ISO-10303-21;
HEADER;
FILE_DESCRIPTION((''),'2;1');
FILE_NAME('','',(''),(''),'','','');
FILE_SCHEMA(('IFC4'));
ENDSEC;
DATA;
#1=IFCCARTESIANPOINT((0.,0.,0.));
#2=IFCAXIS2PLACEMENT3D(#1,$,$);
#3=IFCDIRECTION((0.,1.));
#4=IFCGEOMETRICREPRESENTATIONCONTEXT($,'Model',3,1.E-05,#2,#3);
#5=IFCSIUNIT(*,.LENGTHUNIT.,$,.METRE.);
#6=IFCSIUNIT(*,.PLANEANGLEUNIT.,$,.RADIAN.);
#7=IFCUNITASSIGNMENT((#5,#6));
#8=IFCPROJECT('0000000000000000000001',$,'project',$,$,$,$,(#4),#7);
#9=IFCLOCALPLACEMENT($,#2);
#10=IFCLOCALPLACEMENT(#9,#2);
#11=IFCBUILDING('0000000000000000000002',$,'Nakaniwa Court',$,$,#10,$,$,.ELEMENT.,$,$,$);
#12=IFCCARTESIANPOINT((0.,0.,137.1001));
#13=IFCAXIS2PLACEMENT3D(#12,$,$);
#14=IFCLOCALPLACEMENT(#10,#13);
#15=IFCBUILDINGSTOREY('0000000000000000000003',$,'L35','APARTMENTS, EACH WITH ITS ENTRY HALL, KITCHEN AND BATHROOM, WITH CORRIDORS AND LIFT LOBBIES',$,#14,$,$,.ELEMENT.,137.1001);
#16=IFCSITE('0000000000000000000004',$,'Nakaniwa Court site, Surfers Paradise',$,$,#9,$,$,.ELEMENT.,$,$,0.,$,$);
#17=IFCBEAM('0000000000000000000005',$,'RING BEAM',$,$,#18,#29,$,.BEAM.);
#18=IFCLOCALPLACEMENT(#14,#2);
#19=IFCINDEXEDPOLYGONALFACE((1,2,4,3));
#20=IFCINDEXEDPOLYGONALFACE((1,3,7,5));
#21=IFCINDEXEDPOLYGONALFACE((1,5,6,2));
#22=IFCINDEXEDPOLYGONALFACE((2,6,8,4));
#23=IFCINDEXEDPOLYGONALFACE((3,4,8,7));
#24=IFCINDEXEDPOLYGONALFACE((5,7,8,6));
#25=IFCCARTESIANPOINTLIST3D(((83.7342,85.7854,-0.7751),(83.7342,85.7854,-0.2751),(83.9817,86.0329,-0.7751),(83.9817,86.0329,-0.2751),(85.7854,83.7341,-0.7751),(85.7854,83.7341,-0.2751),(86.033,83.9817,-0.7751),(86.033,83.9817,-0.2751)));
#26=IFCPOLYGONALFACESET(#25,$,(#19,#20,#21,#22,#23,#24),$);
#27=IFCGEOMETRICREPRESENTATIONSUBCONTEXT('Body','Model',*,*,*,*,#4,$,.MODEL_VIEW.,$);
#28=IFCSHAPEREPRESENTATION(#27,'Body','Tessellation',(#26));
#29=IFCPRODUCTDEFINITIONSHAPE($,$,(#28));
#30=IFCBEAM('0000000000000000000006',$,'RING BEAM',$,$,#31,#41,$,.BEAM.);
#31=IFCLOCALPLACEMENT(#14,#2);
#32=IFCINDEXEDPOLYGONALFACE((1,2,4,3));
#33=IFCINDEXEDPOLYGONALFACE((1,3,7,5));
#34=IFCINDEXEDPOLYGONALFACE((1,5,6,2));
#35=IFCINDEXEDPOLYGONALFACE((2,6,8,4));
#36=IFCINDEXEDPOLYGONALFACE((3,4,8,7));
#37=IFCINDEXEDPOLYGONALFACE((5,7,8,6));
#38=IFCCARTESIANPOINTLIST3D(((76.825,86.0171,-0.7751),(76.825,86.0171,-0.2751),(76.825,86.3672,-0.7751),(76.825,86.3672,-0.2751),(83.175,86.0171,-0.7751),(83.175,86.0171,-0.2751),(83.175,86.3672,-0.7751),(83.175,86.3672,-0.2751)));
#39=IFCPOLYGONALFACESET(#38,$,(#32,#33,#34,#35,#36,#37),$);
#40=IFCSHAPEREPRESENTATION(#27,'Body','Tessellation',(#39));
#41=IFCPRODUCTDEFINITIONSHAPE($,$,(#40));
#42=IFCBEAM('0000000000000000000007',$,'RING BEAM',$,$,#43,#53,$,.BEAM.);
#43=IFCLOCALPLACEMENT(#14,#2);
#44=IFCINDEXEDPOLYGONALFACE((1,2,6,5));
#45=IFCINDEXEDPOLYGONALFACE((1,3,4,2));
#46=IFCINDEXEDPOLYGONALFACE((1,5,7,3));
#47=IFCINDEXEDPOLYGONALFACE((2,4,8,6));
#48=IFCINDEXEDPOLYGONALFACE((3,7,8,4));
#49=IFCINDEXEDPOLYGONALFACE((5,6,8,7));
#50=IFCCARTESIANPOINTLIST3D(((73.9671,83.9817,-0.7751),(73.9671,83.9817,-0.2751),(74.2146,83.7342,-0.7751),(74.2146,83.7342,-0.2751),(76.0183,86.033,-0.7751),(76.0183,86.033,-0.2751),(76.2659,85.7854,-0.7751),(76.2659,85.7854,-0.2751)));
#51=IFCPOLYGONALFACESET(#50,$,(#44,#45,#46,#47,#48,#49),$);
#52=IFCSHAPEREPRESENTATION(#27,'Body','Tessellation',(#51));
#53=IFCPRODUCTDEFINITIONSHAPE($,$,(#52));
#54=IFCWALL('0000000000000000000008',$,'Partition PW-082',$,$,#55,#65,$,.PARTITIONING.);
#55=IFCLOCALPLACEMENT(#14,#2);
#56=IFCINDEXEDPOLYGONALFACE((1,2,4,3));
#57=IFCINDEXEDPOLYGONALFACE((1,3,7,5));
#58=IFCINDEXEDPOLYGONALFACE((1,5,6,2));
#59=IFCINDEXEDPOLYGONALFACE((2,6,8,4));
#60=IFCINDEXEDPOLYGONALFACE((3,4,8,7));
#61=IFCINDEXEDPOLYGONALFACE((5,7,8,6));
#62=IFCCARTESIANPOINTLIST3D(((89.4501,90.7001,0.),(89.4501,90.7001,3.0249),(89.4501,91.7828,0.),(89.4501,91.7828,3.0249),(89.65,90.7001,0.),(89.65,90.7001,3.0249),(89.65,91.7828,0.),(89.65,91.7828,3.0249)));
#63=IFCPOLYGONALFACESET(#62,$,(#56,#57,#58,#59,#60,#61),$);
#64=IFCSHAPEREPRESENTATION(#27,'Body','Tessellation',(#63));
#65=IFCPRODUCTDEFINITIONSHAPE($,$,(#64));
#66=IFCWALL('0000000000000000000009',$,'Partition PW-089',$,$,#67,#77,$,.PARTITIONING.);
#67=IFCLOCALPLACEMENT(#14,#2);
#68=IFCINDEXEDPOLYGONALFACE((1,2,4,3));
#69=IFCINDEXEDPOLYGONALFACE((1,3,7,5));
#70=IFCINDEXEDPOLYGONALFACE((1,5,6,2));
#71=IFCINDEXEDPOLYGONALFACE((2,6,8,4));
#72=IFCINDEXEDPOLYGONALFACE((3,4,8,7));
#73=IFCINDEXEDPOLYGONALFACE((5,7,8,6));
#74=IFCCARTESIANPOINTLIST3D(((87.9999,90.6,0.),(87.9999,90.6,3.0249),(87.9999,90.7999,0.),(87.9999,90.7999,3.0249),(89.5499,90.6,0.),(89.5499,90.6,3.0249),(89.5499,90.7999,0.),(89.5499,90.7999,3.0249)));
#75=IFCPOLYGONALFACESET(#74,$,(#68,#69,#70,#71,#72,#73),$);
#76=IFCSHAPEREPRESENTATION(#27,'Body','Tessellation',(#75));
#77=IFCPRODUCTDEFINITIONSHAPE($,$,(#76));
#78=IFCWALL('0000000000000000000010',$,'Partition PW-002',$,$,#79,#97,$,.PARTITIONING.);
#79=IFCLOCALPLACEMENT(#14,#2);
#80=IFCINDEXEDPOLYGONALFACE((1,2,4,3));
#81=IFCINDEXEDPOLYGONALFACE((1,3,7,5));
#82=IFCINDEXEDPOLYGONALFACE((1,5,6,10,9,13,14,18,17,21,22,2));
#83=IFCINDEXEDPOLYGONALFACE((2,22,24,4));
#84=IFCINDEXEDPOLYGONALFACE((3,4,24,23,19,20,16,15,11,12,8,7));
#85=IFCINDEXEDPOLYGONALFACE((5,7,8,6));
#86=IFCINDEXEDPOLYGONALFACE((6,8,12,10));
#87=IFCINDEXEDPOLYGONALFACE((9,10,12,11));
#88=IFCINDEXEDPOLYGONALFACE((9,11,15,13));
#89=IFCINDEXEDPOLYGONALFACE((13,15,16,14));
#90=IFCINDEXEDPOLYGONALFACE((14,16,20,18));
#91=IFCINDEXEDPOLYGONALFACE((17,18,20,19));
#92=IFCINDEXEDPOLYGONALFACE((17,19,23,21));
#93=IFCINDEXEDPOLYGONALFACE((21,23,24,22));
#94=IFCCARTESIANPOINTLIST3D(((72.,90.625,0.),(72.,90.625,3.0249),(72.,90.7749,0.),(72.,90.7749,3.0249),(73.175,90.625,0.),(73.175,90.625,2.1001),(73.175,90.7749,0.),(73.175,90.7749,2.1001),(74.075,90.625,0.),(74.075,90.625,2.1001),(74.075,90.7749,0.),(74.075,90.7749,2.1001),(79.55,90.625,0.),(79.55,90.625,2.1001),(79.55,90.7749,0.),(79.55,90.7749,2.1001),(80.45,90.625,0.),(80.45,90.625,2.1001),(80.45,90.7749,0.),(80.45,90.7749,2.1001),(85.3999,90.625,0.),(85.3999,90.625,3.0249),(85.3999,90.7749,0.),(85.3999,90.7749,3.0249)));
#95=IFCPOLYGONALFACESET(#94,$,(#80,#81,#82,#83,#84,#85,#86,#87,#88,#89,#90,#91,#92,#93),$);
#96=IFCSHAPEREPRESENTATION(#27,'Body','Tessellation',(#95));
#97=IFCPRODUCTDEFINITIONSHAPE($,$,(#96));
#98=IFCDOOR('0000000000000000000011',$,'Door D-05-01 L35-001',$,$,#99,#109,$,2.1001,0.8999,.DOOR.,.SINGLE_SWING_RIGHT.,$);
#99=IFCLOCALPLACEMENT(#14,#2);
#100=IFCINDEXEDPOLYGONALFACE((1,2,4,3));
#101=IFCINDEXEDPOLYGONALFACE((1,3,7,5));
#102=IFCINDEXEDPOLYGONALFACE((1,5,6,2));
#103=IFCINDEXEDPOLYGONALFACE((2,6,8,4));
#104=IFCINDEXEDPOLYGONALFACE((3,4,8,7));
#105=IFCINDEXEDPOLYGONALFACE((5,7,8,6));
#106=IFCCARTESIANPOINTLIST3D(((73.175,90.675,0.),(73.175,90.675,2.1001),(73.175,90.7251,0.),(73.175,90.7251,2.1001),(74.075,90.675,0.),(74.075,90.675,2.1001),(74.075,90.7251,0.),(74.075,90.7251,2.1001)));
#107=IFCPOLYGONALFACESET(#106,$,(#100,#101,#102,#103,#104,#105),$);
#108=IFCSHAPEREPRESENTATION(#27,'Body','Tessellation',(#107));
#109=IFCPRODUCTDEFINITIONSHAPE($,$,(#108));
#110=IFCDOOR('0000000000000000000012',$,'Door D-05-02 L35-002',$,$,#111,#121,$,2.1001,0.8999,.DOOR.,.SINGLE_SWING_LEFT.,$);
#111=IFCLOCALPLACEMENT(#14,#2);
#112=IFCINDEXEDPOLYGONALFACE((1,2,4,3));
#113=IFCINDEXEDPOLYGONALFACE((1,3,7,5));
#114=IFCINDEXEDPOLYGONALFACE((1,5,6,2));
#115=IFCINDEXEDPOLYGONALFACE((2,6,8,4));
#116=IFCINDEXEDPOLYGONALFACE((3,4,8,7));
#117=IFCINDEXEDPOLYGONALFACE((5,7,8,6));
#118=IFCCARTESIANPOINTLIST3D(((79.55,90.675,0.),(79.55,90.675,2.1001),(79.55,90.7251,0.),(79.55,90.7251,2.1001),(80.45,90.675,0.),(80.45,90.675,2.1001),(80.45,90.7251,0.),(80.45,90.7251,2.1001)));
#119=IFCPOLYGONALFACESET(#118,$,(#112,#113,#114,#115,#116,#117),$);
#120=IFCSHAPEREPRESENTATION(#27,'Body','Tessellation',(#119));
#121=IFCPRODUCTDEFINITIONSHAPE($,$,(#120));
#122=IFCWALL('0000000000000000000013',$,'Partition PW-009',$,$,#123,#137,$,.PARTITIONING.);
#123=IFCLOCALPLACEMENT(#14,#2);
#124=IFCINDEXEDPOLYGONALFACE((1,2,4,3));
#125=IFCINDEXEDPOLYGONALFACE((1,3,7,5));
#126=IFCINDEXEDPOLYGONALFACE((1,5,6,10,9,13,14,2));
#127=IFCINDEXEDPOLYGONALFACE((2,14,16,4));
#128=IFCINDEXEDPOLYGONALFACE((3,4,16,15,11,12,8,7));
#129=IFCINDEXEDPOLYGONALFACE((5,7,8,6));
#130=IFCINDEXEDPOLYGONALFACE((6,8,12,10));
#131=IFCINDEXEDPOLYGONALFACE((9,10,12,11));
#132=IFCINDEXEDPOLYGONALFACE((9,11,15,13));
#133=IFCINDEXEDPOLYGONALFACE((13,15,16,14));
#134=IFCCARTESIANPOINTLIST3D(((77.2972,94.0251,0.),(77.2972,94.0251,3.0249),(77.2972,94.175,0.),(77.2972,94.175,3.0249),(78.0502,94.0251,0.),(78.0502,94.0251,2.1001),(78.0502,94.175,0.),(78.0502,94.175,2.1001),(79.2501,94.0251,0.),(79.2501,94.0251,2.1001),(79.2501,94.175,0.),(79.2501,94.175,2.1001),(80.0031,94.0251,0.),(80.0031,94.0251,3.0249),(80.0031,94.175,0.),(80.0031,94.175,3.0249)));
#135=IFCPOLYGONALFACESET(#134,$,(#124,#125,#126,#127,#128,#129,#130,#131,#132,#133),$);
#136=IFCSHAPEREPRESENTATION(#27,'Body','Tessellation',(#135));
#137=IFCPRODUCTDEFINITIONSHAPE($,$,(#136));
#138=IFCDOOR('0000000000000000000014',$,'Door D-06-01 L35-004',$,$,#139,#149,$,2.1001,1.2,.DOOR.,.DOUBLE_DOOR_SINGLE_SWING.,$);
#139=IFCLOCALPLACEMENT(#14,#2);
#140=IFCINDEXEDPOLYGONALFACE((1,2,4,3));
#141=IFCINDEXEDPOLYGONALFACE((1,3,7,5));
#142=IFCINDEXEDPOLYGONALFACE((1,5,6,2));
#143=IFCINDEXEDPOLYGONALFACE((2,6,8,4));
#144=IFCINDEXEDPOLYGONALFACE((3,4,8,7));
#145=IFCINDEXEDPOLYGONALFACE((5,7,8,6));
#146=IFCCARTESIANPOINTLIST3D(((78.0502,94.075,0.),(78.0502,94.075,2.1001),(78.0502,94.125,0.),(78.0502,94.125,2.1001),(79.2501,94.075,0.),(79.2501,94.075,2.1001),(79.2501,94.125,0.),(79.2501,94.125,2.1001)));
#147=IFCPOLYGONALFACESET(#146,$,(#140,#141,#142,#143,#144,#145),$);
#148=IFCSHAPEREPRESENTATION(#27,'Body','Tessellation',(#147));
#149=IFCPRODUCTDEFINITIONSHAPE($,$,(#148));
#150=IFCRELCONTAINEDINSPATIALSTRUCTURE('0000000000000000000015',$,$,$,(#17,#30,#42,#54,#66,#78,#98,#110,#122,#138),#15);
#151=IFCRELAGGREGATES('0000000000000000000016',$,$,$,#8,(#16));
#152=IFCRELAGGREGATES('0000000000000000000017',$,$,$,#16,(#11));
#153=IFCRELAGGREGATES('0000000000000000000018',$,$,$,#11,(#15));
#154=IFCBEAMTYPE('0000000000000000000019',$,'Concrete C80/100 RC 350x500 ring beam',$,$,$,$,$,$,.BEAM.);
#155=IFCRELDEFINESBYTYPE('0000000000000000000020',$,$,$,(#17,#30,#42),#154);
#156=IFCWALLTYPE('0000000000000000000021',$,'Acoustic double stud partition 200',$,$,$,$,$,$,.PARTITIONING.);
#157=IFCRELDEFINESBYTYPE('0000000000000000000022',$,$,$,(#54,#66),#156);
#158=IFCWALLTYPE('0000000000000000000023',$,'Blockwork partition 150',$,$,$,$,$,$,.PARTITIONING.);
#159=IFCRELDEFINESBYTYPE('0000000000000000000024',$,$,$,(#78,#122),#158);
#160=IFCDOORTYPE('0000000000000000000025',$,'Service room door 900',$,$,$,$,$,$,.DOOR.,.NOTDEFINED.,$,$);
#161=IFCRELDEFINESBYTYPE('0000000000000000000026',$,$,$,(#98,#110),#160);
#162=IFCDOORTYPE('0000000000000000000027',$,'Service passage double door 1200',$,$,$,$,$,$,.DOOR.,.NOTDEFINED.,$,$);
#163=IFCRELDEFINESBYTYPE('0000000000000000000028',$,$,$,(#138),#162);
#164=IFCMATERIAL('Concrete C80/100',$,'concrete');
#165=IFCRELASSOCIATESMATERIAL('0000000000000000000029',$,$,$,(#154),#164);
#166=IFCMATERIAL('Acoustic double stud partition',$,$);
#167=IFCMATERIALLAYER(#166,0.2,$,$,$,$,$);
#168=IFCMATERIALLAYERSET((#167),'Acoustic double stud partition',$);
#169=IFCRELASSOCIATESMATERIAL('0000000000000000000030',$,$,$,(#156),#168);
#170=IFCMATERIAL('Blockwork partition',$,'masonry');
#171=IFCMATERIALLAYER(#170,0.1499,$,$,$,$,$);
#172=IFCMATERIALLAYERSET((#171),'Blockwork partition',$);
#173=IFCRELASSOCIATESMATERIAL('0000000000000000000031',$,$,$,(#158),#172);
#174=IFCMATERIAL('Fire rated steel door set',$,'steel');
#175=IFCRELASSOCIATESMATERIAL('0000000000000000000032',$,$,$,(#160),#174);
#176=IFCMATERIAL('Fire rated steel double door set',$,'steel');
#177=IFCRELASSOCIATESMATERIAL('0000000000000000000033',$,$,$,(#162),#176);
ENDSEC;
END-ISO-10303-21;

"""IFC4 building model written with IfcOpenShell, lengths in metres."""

from ifc_helpers import new_model, si_unit, direction, frame, frame_2d, origin, origin_2d, place, context, subcontext, project, spatial, rectangle, extrude, material, layer, layer_set, material_profile, profile_set, type_object, element, fill, save


model = new_model("IFC4")

# Units and contexts
model_context = context("Model", 3, precision=1e-05, world=origin(), true_north=direction((0.0, 1.0)))
body_context = subcontext(model_context, "Body", "Model", "MODEL_VIEW")
ifc_project = project(units=[si_unit("LENGTHUNIT", "METRE"), si_unit("PLANEANGLEUNIT", "RADIAN")], contexts=[model_context])

# Site, building, storey
site_placement = place(None, origin())
site = spatial("IfcSite", under=ifc_project, at=site_placement, Name="Nakaniwa Court site, Surfers Paradise", CompositionType="ELEMENT", RefElevation=0.0)
building_placement = place(site_placement, origin())
building = spatial("IfcBuilding", under=site, at=building_placement, Name="Nakaniwa Court", CompositionType="ELEMENT")
storey_placement = place(building_placement, frame((0.0, 0.0, 137.1001)))
storey = spatial("IfcBuildingStorey", under=building, at=storey_placement, Name="L35", Description="APARTMENTS, EACH WITH ITS ENTRY HALL, KITCHEN AND BATHROOM, WITH CORRIDORS AND LIFT LOBBIES", CompositionType="ELEMENT", Elevation=137.1001)

# Shared definitions
ifc_material_1 = material(Name="Concrete C80/100", Category="concrete")

# Beams
ifc_material_profile_1 = material_profile(ifc_material_1, rectangle(XDim=0.3501, YDim=0.5, at=origin_2d()), Name="Concrete C80/100 RC 350x500 ring beam")
ifc_profile_set_1 = profile_set([ifc_material_profile_1], Name="Concrete C80/100")
beam_type = type_object("IfcBeamType", Name="Concrete C80/100 RC 350x500 ring beam", PredefinedType="BEAM", material=ifc_profile_set_1)
beam_1_placement = place(storey_placement, frame((85.9092, 83.8579, -0.5251), z_axis=(-0.707107, 0.707107, 0.0), x_axis=(-0.707107, -0.707107, 0.0)))
element("IfcBeam", 1, at=beam_1_placement, inside=storey, type_object=beam_type, Name="RING BEAM", PredefinedType="BEAM", context=body_context, shape_type="SweptSolid", body=[
    extrude(rectangle(XDim=0.3501, YDim=0.5, at=origin_2d()), origin(), (0.0, 0.0, 1.0), 2.9009),
])
beam_2_placement = place(storey_placement, frame((83.175, 86.1921, -0.5251), z_axis=(-1.0, 0.0, 0.0), x_axis=(0.0, -1.0, 0.0)))
element("IfcBeam", 2, at=beam_2_placement, inside=storey, type_object=beam_type, Name="RING BEAM", PredefinedType="BEAM", context=body_context, shape_type="SweptSolid", body=[
    extrude(rectangle(XDim=0.3501, YDim=0.5, at=origin_2d()), origin(), (0.0, 0.0, 1.0), 6.3501),
])
beam_3_placement = place(storey_placement, frame((76.1421, 85.9092, -0.5251), z_axis=(-0.707107, -0.707107, 0.0), x_axis=(0.707107, -0.707107, 0.0)))
element("IfcBeam", 3, at=beam_3_placement, inside=storey, type_object=beam_type, Name="RING BEAM", PredefinedType="BEAM", context=body_context, shape_type="SweptSolid", body=[
    extrude(rectangle(XDim=0.3501, YDim=0.5, at=origin_2d()), origin(), (0.0, 0.0, 1.0), 2.9009),
])

# Walls
ifc_material_2 = material(Name="Acoustic double stud partition")
ifc_layer_1 = layer(ifc_material_2, 0.2)
ifc_layer_set_1 = layer_set([ifc_layer_1], Name="Acoustic double stud partition")
wall_type_1 = type_object("IfcWallType", Name="Acoustic double stud partition 200", PredefinedType="PARTITIONING", material=ifc_layer_set_1)
wall_1_placement = place(storey_placement, frame((89.55, 90.7, 0.0), z_axis=(0.0, 0.0, 1.0), x_axis=(0.0, 1.0, 0.0)))
element("IfcWall", 4, at=wall_1_placement, inside=storey, type_object=wall_type_1, Name="Partition PW-082", PredefinedType="PARTITIONING", context=body_context, shape_type="SweptSolid", body=[
    extrude(rectangle(XDim=1.0828, YDim=0.2, at=frame_2d((0.5415, 0.0))), origin(), (0.0, 0.0, 1.0), 3.0249),
])
wall_2_placement = place(storey_placement, frame((88.0, 90.7, 0.0), z_axis=(0.0, 0.0, 1.0), x_axis=(1.0, 0.0, 0.0)))
element("IfcWall", 5, at=wall_2_placement, inside=storey, type_object=wall_type_1, Name="Partition PW-089", PredefinedType="PARTITIONING", context=body_context, shape_type="SweptSolid", body=[
    extrude(rectangle(XDim=1.55, YDim=0.2, at=frame_2d((0.7749, 0.0))), origin(), (0.0, 0.0, 1.0), 3.0249),
])

# Wall, openings, doors
ifc_material_3 = material(Name="Blockwork partition", Category="masonry")
ifc_layer_2 = layer(ifc_material_3, 0.1499)
ifc_layer_set_2 = layer_set([ifc_layer_2], Name="Blockwork partition")
wall_type_2 = type_object("IfcWallType", Name="Blockwork partition 150", PredefinedType="PARTITIONING", material=ifc_layer_set_2)
wall_3_placement = place(storey_placement, frame((85.3999, 90.7, 0.0), z_axis=(0.0, 0.0, 1.0), x_axis=(-1.0, 0.0, 0.0)))
wall_3 = element("IfcWall", 6, at=wall_3_placement, inside=storey, type_object=wall_type_2, Name="Partition PW-002", PredefinedType="PARTITIONING", context=body_context, shape_type="SweptSolid", body=[
    extrude(rectangle(XDim=13.3999, YDim=0.1499, at=frame_2d((6.7, 0.0))), origin(), (0.0, 0.0, 1.0), 3.0249),
])
opening_1_placement = place(wall_3_placement, frame((11.325, 0.0, 0.0)))
opening_1 = element("IfcOpeningElement", 7, at=opening_1_placement, cuts=wall_3, PredefinedType="OPENING", context=body_context, shape_type="SweptSolid", body=[
    extrude(rectangle(XDim=0.8999, YDim=2.1001, at=frame_2d((0.45, 1.05))), frame((0.0, 0.085, 0.0), z_axis=(0.0, -1.0, 0.0), x_axis=(1.0, 0.0, 0.0)), (0.0, 0.0, 1.0), 0.1699),
])
opening_2_placement = place(wall_3_placement, frame((4.95, 0.0, 0.0)))
opening_2 = element("IfcOpeningElement", 8, at=opening_2_placement, cuts=wall_3, PredefinedType="OPENING", context=body_context, shape_type="SweptSolid", body=[
    extrude(rectangle(XDim=0.8999, YDim=2.1001, at=frame_2d((0.45, 1.05))), frame((0.0, 0.085, 0.0), z_axis=(0.0, -1.0, 0.0), x_axis=(1.0, 0.0, 0.0)), (0.0, 0.0, 1.0), 0.1699),
])
ifc_material_4 = material(Name="Fire rated steel door set", Category="steel")
door_type_1 = type_object("IfcDoorType", Name="Service room door 900", OperationType="NOTDEFINED", PredefinedType="DOOR", material=ifc_material_4)
door_1_placement = place(opening_1_placement, origin())
door_1 = element("IfcDoor", 9, at=door_1_placement, inside=storey, type_object=door_type_1, Name="Door D-05-01 L35-001", OperationType="SINGLE_SWING_RIGHT", OverallHeight=2.1001, OverallWidth=0.8999, PredefinedType="DOOR", context=body_context, shape_type="SweptSolid", body=[
    extrude(rectangle(XDim=0.8999, YDim=2.1001, at=frame_2d((0.45, 1.05))), frame((0.0, 0.0249, 0.0), z_axis=(0.0, -1.0, 0.0), x_axis=(1.0, 0.0, 0.0)), (0.0, 0.0, 1.0), 0.05),
])
fill(opening_1, door_1)
door_2_placement = place(opening_2_placement, origin())
door_2 = element("IfcDoor", 10, at=door_2_placement, inside=storey, type_object=door_type_1, Name="Door D-05-02 L35-002", OperationType="SINGLE_SWING_LEFT", OverallHeight=2.1001, OverallWidth=0.8999, PredefinedType="DOOR", context=body_context, shape_type="SweptSolid", body=[
    extrude(rectangle(XDim=0.8999, YDim=2.1001, at=frame_2d((0.45, 1.05))), frame((0.0, 0.0249, 0.0), z_axis=(0.0, -1.0, 0.0), x_axis=(1.0, 0.0, 0.0)), (0.0, 0.0, 1.0), 0.05),
])
fill(opening_2, door_2)

# Wall, opening, door
wall_4_placement = place(storey_placement, frame((77.2971, 94.1001, 0.0), z_axis=(0.0, 0.0, 1.0), x_axis=(1.0, 0.0, 0.0)))
wall_4 = element("IfcWall", 11, at=wall_4_placement, inside=storey, type_object=wall_type_2, Name="Partition PW-009", PredefinedType="PARTITIONING", context=body_context, shape_type="SweptSolid", body=[
    extrude(rectangle(XDim=2.7058, YDim=0.1499, at=frame_2d((1.353, 0.0))), origin(), (0.0, 0.0, 1.0), 3.0249),
])
opening_3_placement = place(wall_4_placement, frame((0.7529, 0.0, 0.0)))
opening_3 = element("IfcOpeningElement", 12, at=opening_3_placement, cuts=wall_4, PredefinedType="OPENING", context=body_context, shape_type="SweptSolid", body=[
    extrude(rectangle(XDim=1.2, YDim=2.1001, at=frame_2d((0.6001, 1.05))), frame((0.0, 0.085, 0.0), z_axis=(0.0, -1.0, 0.0), x_axis=(1.0, 0.0, 0.0)), (0.0, 0.0, 1.0), 0.1699),
])
ifc_material_5 = material(Name="Fire rated steel double door set", Category="steel")
door_type_2 = type_object("IfcDoorType", Name="Service passage double door 1200", OperationType="NOTDEFINED", PredefinedType="DOOR", material=ifc_material_5)
door_3_placement = place(opening_3_placement, origin())
door_3 = element("IfcDoor", 13, at=door_3_placement, inside=storey, type_object=door_type_2, Name="Door D-06-01 L35-004", OperationType="DOUBLE_DOOR_SINGLE_SWING", OverallHeight=2.1001, OverallWidth=1.2, PredefinedType="DOOR", context=body_context, shape_type="SweptSolid", body=[
    extrude(rectangle(XDim=1.2, YDim=2.1001, at=frame_2d((0.6001, 1.05))), frame((0.0, 0.0249, 0.0), z_axis=(0.0, -1.0, 0.0), x_axis=(1.0, 0.0, 0.0)), (0.0, 0.0, 1.0), 0.05),
])
fill(opening_3, door_3)

save(model, "model.ifc")
